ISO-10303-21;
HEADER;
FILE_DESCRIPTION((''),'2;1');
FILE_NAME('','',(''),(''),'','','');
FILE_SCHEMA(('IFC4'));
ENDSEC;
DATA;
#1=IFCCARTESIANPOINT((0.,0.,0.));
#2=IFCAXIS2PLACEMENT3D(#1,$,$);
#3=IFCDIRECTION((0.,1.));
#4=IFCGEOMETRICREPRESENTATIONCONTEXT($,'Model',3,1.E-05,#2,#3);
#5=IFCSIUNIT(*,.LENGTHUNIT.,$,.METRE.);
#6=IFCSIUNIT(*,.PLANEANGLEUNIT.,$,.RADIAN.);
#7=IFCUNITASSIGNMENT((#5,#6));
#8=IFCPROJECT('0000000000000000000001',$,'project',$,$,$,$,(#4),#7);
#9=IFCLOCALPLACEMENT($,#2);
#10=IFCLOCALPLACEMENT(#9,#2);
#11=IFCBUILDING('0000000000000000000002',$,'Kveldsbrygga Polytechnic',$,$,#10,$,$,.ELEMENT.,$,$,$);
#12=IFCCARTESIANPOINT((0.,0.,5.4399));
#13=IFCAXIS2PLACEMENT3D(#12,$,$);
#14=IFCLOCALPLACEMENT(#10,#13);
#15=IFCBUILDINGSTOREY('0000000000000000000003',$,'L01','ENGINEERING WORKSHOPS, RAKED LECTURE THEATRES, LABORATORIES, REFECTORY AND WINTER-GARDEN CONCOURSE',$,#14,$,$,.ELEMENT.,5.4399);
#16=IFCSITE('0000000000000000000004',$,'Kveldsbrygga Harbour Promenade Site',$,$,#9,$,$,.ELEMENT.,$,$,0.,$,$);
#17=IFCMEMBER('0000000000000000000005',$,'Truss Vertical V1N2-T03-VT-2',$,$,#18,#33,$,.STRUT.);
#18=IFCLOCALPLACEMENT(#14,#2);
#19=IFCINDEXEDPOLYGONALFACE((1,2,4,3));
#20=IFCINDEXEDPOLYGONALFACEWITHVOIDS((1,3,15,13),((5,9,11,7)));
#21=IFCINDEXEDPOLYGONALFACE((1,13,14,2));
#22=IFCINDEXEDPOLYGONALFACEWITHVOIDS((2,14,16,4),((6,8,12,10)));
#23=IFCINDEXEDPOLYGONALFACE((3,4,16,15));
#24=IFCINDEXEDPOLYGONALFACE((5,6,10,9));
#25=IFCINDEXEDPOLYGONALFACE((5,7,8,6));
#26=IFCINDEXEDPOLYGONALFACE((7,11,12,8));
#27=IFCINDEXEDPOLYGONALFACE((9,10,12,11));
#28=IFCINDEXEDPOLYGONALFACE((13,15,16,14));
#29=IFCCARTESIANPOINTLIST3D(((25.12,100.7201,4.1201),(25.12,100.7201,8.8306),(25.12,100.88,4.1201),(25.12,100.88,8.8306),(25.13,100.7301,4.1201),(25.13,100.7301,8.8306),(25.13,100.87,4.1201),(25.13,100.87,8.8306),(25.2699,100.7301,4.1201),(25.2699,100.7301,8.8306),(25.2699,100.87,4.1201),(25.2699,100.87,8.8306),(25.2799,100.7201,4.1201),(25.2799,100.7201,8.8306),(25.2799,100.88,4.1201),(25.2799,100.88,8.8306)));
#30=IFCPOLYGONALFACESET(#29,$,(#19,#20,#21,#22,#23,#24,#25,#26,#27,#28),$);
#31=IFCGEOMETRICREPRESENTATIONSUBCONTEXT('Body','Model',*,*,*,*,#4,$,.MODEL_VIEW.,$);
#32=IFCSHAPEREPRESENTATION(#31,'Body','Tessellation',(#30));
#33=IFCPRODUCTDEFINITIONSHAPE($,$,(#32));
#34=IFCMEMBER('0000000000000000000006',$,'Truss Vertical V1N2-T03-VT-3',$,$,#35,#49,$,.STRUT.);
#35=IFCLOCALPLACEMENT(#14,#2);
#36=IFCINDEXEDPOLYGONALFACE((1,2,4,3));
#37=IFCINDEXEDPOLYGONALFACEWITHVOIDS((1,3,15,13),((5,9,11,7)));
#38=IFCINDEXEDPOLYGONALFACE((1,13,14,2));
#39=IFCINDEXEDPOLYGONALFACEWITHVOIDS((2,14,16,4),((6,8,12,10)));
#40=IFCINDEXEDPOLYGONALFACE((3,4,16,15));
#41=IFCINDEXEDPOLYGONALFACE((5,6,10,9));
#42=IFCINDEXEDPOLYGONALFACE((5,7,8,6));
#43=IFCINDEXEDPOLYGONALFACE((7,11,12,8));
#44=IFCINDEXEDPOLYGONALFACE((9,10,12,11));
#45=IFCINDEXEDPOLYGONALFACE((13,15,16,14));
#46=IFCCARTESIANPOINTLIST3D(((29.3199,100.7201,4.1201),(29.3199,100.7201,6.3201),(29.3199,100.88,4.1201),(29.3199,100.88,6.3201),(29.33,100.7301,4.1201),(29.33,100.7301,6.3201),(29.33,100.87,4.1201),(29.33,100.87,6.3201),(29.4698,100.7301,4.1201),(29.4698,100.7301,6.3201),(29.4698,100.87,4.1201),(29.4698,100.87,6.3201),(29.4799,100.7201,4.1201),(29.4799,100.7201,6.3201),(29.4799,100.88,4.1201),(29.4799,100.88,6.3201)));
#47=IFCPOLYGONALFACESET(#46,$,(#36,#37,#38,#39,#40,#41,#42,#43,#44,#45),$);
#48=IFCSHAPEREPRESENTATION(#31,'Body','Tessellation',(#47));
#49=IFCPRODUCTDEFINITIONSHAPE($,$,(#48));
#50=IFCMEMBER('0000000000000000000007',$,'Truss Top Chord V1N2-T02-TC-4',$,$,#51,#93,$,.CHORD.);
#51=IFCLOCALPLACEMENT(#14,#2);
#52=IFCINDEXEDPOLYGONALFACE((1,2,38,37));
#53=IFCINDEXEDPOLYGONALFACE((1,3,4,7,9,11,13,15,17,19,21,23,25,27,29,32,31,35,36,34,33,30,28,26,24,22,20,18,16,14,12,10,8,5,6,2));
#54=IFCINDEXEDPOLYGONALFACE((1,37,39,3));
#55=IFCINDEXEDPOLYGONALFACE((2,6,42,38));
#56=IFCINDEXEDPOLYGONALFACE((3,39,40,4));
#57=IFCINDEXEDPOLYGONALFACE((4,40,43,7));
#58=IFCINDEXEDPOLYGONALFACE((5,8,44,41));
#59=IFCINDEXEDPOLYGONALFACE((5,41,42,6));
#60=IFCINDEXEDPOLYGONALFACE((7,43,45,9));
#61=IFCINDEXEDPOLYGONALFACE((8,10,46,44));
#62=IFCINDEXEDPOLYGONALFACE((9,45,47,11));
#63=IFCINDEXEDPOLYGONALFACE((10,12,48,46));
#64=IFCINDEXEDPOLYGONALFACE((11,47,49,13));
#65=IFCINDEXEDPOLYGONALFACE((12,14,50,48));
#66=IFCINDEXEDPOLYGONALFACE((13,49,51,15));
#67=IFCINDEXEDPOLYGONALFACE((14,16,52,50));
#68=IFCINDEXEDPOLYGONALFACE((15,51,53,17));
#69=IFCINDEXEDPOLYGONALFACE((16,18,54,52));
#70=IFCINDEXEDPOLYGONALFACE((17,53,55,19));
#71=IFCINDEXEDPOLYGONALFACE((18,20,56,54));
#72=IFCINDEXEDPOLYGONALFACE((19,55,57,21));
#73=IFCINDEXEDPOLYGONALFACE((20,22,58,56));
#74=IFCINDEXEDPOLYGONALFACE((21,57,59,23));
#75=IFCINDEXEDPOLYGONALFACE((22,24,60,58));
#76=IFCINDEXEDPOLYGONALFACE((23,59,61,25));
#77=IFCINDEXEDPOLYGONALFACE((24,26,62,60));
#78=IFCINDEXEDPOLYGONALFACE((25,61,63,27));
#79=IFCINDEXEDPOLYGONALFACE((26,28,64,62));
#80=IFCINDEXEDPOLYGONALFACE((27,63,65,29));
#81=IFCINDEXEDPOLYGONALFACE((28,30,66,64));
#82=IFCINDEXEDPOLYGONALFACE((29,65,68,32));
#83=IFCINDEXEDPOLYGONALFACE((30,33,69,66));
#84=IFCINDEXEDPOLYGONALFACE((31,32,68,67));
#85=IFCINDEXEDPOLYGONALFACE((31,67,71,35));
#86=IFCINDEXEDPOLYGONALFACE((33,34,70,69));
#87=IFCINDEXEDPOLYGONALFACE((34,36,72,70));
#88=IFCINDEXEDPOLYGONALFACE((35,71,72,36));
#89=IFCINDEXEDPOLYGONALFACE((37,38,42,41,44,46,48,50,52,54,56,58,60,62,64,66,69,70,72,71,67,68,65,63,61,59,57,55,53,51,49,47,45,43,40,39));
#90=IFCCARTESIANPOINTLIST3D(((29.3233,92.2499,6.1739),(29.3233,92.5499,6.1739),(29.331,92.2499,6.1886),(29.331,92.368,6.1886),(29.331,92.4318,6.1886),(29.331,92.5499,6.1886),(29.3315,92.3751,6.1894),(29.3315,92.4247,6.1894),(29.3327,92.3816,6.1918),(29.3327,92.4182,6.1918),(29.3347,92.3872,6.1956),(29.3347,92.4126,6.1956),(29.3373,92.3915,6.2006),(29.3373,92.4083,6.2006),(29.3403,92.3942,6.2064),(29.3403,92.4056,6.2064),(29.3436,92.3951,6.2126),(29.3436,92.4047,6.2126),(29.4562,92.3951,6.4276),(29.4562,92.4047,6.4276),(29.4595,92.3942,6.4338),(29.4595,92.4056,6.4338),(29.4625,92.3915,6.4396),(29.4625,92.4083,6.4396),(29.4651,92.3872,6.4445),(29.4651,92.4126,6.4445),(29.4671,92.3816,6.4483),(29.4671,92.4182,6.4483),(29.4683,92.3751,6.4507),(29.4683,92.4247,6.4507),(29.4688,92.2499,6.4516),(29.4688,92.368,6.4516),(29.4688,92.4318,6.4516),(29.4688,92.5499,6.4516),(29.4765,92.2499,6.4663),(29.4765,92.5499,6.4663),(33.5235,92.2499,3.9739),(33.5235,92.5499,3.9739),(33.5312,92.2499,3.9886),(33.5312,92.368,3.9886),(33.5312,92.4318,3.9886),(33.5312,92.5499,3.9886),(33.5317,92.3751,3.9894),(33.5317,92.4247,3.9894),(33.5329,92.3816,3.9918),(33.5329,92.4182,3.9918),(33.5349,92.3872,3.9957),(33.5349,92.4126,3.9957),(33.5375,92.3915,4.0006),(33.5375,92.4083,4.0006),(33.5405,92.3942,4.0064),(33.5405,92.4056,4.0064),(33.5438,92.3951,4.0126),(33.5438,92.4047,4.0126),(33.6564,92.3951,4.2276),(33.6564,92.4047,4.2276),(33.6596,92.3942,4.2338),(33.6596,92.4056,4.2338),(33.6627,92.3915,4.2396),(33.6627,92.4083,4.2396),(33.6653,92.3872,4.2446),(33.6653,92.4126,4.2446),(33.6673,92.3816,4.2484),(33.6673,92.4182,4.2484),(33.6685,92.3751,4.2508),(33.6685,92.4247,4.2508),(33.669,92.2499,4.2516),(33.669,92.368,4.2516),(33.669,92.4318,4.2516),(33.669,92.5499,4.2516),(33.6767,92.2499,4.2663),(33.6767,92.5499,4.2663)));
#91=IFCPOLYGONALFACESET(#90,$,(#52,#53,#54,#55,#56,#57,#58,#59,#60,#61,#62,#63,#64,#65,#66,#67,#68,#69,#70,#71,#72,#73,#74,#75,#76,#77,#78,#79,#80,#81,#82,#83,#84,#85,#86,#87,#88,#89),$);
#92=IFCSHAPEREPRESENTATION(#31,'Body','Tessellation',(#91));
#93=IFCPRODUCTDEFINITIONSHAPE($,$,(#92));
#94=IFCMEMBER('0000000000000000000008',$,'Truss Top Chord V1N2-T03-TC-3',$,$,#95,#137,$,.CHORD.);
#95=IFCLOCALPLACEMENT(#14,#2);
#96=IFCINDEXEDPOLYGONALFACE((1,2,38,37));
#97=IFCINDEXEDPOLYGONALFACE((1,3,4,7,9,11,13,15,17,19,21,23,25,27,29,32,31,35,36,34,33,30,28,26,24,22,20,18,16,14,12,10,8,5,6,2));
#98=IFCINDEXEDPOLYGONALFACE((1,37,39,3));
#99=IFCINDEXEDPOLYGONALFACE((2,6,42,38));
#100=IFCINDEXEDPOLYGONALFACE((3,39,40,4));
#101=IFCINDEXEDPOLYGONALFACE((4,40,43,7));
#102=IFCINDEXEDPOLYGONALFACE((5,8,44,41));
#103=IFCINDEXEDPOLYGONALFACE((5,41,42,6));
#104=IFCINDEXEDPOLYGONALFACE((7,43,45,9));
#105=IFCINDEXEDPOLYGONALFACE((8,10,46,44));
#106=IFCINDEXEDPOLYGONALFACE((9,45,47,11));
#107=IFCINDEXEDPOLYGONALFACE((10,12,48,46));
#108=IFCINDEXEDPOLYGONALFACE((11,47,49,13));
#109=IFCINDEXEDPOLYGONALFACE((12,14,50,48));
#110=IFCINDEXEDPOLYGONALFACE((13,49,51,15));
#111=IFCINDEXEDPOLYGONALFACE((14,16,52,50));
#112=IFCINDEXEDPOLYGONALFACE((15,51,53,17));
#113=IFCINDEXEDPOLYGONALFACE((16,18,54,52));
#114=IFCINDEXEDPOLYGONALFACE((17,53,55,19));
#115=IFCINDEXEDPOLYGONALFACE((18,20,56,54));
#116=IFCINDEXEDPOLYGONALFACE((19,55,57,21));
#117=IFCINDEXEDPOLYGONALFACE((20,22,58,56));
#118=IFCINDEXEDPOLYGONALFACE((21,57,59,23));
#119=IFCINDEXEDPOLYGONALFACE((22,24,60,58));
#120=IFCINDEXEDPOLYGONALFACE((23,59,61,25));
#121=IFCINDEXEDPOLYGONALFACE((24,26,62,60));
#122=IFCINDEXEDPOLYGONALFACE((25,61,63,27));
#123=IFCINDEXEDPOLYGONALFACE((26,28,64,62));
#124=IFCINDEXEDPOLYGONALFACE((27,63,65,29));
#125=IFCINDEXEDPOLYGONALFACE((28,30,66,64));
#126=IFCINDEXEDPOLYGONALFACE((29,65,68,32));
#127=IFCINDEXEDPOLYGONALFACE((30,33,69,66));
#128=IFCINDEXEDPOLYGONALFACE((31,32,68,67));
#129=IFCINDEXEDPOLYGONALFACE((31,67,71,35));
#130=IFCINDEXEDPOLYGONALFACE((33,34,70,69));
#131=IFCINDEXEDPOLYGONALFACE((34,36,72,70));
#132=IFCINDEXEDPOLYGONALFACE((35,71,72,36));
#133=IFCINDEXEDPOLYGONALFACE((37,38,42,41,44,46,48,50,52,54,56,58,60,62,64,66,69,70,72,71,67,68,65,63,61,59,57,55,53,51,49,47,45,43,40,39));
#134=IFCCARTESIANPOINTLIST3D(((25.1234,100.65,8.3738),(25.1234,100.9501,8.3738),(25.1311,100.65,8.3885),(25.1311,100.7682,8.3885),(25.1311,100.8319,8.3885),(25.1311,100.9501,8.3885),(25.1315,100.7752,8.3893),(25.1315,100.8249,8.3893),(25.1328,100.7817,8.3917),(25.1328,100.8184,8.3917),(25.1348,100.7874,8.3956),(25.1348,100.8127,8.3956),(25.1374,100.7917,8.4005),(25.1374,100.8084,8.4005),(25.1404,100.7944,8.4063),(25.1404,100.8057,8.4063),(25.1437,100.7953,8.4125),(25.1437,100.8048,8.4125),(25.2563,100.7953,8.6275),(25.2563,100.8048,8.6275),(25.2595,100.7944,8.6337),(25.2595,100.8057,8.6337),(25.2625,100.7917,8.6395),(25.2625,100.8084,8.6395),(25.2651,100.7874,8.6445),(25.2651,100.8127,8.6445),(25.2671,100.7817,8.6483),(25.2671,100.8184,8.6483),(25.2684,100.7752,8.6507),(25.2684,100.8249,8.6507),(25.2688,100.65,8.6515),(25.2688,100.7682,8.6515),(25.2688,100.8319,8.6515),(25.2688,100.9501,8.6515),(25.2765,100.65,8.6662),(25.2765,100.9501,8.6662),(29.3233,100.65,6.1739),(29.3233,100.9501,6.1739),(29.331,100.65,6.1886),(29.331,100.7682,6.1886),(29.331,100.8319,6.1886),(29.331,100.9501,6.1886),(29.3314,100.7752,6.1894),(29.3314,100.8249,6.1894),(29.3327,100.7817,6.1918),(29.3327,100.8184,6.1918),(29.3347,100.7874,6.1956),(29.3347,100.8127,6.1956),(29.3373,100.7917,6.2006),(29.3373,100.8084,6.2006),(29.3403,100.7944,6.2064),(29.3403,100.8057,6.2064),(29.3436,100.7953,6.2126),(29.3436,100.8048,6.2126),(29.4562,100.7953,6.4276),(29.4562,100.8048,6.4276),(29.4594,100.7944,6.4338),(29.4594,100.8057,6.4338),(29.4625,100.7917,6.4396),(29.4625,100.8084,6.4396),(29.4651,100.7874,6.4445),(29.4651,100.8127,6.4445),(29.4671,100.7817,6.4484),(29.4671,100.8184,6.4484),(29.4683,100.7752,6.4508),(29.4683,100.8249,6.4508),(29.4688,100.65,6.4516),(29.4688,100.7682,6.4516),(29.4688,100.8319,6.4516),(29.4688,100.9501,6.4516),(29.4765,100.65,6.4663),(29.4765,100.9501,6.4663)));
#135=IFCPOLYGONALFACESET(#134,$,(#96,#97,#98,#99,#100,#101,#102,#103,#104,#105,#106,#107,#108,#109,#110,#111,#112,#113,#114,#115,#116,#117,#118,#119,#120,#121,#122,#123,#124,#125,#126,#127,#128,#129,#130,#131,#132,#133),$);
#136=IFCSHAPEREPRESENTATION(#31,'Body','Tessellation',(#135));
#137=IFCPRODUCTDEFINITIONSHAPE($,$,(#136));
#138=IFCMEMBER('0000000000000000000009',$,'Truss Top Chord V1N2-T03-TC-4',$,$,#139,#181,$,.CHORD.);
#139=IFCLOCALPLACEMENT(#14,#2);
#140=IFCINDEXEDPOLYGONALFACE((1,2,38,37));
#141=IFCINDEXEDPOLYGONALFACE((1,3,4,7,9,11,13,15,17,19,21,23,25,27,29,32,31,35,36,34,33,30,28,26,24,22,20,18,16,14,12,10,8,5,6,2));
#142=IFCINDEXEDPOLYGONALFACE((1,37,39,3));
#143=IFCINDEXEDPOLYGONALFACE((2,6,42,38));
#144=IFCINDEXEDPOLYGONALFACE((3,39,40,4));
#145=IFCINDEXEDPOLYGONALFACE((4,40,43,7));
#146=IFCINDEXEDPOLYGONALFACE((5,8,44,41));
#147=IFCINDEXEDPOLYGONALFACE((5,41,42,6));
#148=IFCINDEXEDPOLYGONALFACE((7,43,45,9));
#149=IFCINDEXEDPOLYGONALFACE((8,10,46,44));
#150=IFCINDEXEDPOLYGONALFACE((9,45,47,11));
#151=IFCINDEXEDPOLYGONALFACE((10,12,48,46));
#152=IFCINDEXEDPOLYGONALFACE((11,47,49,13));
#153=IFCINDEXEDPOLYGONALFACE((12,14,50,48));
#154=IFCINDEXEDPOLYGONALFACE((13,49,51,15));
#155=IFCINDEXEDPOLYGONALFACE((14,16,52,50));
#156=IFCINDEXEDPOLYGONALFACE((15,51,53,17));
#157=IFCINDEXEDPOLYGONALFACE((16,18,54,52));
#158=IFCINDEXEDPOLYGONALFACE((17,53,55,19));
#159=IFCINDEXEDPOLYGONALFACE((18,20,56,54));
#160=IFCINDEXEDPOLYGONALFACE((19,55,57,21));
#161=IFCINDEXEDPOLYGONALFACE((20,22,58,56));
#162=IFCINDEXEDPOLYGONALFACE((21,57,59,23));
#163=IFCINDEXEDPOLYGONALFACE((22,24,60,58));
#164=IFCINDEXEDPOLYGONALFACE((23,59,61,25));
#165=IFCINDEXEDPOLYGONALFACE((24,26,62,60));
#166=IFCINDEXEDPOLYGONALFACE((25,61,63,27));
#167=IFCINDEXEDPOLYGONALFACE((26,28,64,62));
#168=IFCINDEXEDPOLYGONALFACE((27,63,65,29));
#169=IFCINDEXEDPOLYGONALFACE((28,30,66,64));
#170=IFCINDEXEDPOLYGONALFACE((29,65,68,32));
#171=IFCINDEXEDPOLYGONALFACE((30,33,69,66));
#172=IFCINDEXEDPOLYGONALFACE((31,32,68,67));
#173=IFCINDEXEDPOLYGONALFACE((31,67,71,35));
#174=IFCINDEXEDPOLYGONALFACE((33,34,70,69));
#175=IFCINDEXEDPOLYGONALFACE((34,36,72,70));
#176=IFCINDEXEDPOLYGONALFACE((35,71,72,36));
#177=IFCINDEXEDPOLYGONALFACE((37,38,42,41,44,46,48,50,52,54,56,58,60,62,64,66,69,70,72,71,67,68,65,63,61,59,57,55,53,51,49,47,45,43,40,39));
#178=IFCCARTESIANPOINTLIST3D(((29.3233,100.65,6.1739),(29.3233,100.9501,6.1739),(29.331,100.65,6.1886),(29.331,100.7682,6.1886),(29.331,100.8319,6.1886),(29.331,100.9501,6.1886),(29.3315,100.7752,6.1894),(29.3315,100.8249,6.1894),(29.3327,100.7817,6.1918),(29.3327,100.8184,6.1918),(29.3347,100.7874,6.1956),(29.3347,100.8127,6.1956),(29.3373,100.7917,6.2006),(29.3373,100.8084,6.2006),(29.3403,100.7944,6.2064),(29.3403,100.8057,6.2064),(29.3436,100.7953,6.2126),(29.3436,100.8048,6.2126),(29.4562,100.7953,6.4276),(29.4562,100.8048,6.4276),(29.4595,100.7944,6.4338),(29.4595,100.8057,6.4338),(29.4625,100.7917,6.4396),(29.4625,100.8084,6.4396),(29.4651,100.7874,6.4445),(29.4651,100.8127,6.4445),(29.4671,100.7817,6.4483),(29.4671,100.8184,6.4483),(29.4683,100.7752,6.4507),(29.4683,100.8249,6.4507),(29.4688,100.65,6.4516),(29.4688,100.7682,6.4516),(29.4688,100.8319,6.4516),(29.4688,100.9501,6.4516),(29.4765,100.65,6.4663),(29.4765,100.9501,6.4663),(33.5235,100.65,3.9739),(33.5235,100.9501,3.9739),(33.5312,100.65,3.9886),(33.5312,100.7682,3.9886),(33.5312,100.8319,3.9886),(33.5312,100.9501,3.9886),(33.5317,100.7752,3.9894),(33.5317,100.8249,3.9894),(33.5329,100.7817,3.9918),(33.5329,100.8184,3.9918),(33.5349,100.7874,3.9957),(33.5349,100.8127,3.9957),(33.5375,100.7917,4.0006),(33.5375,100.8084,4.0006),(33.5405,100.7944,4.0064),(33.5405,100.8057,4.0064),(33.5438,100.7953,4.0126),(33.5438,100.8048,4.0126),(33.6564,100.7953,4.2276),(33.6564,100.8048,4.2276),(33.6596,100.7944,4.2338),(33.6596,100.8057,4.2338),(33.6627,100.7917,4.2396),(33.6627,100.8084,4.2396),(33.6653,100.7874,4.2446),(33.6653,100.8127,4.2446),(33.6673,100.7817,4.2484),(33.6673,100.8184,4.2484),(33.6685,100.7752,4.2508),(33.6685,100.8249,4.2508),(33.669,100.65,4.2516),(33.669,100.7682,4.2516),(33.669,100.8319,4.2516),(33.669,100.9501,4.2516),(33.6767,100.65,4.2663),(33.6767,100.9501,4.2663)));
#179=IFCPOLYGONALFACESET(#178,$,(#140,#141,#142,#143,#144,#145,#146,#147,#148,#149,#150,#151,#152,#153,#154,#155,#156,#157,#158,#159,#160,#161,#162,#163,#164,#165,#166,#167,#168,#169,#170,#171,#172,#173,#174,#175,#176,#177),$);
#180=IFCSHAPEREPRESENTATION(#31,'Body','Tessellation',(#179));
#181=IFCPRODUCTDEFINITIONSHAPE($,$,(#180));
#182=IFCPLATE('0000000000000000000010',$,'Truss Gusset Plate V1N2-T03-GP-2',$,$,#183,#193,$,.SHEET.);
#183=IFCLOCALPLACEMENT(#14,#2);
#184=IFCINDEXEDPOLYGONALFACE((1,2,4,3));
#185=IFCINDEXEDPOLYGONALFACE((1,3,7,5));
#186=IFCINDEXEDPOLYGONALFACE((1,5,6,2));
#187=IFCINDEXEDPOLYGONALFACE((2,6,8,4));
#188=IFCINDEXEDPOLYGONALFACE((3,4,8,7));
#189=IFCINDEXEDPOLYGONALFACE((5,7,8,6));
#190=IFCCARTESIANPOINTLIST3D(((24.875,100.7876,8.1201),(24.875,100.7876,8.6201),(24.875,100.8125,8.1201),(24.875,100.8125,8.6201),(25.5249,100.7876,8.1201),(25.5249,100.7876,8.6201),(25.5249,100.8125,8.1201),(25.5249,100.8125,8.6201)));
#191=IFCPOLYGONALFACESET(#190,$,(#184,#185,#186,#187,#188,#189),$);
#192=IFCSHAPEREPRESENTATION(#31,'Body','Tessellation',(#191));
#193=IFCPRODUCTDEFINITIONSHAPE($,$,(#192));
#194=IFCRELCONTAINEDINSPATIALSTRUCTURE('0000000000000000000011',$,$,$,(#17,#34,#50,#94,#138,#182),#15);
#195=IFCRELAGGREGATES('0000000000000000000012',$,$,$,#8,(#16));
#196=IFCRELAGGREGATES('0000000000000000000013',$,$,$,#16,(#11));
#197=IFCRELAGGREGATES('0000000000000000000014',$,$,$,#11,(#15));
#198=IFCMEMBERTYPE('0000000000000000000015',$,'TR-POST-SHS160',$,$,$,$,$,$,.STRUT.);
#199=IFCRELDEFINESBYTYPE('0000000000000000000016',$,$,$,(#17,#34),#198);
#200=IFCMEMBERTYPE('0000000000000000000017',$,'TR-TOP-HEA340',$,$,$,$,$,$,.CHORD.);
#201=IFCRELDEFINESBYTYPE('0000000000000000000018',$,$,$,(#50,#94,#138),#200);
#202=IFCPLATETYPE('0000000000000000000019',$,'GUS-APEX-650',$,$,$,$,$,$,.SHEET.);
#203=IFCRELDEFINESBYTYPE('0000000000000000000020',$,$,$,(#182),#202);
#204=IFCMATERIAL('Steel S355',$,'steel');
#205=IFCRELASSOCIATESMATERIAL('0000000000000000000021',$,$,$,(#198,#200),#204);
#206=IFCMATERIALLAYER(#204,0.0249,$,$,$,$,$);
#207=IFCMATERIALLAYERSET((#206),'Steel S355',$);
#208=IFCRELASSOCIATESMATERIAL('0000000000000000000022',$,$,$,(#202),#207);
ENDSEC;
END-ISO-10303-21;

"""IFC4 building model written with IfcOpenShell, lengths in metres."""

from ifc_helpers import new_model, si_unit, direction, frame, origin, origin_2d, place, context, subcontext, project, spatial, rectangle, hollow_rectangle, i_section, extrude, material, layer, layer_set, material_profile, profile_set, type_object, element, save


model = new_model("IFC4")

# Units and contexts
model_context = context("Model", 3, precision=1e-05, world=origin(), true_north=direction((0.0, 1.0)))
body_context = subcontext(model_context, "Body", "Model", "MODEL_VIEW")
ifc_project = project(units=[si_unit("LENGTHUNIT", "METRE"), si_unit("PLANEANGLEUNIT", "RADIAN")], contexts=[model_context])

# Site, building, storey
site_placement = place(None, origin())
site = spatial("IfcSite", under=ifc_project, at=site_placement, Name="Kveldsbrygga Harbour Promenade Site", CompositionType="ELEMENT", RefElevation=0.0)
building_placement = place(site_placement, origin())
building = spatial("IfcBuilding", under=site, at=building_placement, Name="Kveldsbrygga Polytechnic", CompositionType="ELEMENT")
storey_placement = place(building_placement, frame((0.0, 0.0, 5.4399)))
storey = spatial("IfcBuildingStorey", under=building, at=storey_placement, Name="L01", Description="ENGINEERING WORKSHOPS, RAKED LECTURE THEATRES, LABORATORIES, REFECTORY AND WINTER-GARDEN CONCOURSE", CompositionType="ELEMENT", Elevation=5.4399)

# Members
ifc_material_1 = material(Name="Steel S355", Category="steel")
ifc_material_profile_1 = material_profile(ifc_material_1, hollow_rectangle(XDim=0.1599, YDim=0.1599, WallThickness=0.01, at=origin_2d()), Name="SHS 160x160x10.0")
ifc_profile_set_1 = profile_set([ifc_material_profile_1], Name="Steel S355")
member_type_1 = type_object("IfcMemberType", Name="TR-POST-SHS160", PredefinedType="STRUT", material=ifc_profile_set_1)
member_1_placement = place(storey_placement, frame((25.2, 100.8, 4.1201), z_axis=(0.0, 0.0, 1.0), x_axis=(1.0, 0.0, 0.0)))
element("IfcMember", 1, at=member_1_placement, inside=storey, type_object=member_type_1, Name="Truss Vertical V1N2-T03-VT-2", PredefinedType="STRUT", context=body_context, shape_type="SweptSolid", body=[
    extrude(hollow_rectangle(XDim=0.1599, YDim=0.1599, WallThickness=0.01, at=origin_2d()), origin(), (0.0, 0.0, 1.0), 4.7104),
])
member_2_placement = place(storey_placement, frame((29.3999, 100.8, 4.1201), z_axis=(0.0, 0.0, 1.0), x_axis=(1.0, 0.0, 0.0)))
element("IfcMember", 2, at=member_2_placement, inside=storey, type_object=member_type_1, Name="Truss Vertical V1N2-T03-VT-3", PredefinedType="STRUT", context=body_context, shape_type="SweptSolid", body=[
    extrude(hollow_rectangle(XDim=0.1599, YDim=0.1599, WallThickness=0.01, at=origin_2d()), origin(), (0.0, 0.0, 1.0), 2.2),
])
ifc_material_profile_2 = material_profile(ifc_material_1, i_section(OverallWidth=0.3, OverallDepth=0.3301, WebThickness=0.0095, FlangeThickness=0.0166, FilletRadius=0.0271, at=origin_2d()), Name="HEA 340")
ifc_profile_set_2 = profile_set([ifc_material_profile_2], Name="Steel S355")
member_type_2 = type_object("IfcMemberType", Name="TR-TOP-HEA340", PredefinedType="CHORD", material=ifc_profile_set_2)
member_3_placement = place(storey_placement, frame((29.3999, 92.3999, 6.3201), z_axis=(0.885845, 0.0, -0.463982), x_axis=(0.0, 1.0, 0.0)))
element("IfcMember", 3, at=member_3_placement, inside=storey, type_object=member_type_2, Name="Truss Top Chord V1N2-T02-TC-4", PredefinedType="CHORD", context=body_context, shape_type="SweptSolid", body=[
    extrude(i_section(OverallWidth=0.3, OverallDepth=0.3301, WebThickness=0.0095, FlangeThickness=0.0166, FilletRadius=0.0271, at=origin_2d()), origin(), (0.0, 0.0, 1.0), 4.7415),
])
member_4_placement = place(storey_placement, frame((25.2, 100.8, 8.52), z_axis=(0.885834, 0.0, -0.464003), x_axis=(0.0, 1.0, 0.0)))
element("IfcMember", 4, at=member_4_placement, inside=storey, type_object=member_type_2, Name="Truss Top Chord V1N2-T03-TC-3", PredefinedType="CHORD", context=body_context, shape_type="SweptSolid", body=[
    extrude(i_section(OverallWidth=0.3, OverallDepth=0.3301, WebThickness=0.0095, FlangeThickness=0.0166, FilletRadius=0.0271, at=origin_2d()), origin(), (0.0, 0.0, 1.0), 4.7412),
])
member_5_placement = place(storey_placement, frame((29.3999, 100.8, 6.3201), z_axis=(0.885845, 0.0, -0.463982), x_axis=(0.0, 1.0, 0.0)))
element("IfcMember", 5, at=member_5_placement, inside=storey, type_object=member_type_2, Name="Truss Top Chord V1N2-T03-TC-4", PredefinedType="CHORD", context=body_context, shape_type="SweptSolid", body=[
    extrude(i_section(OverallWidth=0.3, OverallDepth=0.3301, WebThickness=0.0095, FlangeThickness=0.0166, FilletRadius=0.0271, at=origin_2d()), origin(), (0.0, 0.0, 1.0), 4.7415),
])

# Plate
ifc_layer_1 = layer(ifc_material_1, 0.0249)
ifc_layer_set_1 = layer_set([ifc_layer_1], Name="Steel S355")
plate_type_1 = type_object("IfcPlateType", Name="GUS-APEX-650", PredefinedType="SHEET", material=ifc_layer_set_1)
plate_1_placement = place(storey_placement, frame((25.2, 100.8, 8.1201), z_axis=(0.0, 0.0, 1.0), x_axis=(1.0, 0.0, 0.0)))
element("IfcPlate", 6, at=plate_1_placement, inside=storey, type_object=plate_type_1, Name="Truss Gusset Plate V1N2-T03-GP-2", PredefinedType="SHEET", context=body_context, shape_type="SweptSolid", body=[
    extrude(rectangle(XDim=0.6499, YDim=0.0249, at=origin_2d()), origin(), (0.0, 0.0, 1.0), 0.5),
])

save(model, "model.ifc")
